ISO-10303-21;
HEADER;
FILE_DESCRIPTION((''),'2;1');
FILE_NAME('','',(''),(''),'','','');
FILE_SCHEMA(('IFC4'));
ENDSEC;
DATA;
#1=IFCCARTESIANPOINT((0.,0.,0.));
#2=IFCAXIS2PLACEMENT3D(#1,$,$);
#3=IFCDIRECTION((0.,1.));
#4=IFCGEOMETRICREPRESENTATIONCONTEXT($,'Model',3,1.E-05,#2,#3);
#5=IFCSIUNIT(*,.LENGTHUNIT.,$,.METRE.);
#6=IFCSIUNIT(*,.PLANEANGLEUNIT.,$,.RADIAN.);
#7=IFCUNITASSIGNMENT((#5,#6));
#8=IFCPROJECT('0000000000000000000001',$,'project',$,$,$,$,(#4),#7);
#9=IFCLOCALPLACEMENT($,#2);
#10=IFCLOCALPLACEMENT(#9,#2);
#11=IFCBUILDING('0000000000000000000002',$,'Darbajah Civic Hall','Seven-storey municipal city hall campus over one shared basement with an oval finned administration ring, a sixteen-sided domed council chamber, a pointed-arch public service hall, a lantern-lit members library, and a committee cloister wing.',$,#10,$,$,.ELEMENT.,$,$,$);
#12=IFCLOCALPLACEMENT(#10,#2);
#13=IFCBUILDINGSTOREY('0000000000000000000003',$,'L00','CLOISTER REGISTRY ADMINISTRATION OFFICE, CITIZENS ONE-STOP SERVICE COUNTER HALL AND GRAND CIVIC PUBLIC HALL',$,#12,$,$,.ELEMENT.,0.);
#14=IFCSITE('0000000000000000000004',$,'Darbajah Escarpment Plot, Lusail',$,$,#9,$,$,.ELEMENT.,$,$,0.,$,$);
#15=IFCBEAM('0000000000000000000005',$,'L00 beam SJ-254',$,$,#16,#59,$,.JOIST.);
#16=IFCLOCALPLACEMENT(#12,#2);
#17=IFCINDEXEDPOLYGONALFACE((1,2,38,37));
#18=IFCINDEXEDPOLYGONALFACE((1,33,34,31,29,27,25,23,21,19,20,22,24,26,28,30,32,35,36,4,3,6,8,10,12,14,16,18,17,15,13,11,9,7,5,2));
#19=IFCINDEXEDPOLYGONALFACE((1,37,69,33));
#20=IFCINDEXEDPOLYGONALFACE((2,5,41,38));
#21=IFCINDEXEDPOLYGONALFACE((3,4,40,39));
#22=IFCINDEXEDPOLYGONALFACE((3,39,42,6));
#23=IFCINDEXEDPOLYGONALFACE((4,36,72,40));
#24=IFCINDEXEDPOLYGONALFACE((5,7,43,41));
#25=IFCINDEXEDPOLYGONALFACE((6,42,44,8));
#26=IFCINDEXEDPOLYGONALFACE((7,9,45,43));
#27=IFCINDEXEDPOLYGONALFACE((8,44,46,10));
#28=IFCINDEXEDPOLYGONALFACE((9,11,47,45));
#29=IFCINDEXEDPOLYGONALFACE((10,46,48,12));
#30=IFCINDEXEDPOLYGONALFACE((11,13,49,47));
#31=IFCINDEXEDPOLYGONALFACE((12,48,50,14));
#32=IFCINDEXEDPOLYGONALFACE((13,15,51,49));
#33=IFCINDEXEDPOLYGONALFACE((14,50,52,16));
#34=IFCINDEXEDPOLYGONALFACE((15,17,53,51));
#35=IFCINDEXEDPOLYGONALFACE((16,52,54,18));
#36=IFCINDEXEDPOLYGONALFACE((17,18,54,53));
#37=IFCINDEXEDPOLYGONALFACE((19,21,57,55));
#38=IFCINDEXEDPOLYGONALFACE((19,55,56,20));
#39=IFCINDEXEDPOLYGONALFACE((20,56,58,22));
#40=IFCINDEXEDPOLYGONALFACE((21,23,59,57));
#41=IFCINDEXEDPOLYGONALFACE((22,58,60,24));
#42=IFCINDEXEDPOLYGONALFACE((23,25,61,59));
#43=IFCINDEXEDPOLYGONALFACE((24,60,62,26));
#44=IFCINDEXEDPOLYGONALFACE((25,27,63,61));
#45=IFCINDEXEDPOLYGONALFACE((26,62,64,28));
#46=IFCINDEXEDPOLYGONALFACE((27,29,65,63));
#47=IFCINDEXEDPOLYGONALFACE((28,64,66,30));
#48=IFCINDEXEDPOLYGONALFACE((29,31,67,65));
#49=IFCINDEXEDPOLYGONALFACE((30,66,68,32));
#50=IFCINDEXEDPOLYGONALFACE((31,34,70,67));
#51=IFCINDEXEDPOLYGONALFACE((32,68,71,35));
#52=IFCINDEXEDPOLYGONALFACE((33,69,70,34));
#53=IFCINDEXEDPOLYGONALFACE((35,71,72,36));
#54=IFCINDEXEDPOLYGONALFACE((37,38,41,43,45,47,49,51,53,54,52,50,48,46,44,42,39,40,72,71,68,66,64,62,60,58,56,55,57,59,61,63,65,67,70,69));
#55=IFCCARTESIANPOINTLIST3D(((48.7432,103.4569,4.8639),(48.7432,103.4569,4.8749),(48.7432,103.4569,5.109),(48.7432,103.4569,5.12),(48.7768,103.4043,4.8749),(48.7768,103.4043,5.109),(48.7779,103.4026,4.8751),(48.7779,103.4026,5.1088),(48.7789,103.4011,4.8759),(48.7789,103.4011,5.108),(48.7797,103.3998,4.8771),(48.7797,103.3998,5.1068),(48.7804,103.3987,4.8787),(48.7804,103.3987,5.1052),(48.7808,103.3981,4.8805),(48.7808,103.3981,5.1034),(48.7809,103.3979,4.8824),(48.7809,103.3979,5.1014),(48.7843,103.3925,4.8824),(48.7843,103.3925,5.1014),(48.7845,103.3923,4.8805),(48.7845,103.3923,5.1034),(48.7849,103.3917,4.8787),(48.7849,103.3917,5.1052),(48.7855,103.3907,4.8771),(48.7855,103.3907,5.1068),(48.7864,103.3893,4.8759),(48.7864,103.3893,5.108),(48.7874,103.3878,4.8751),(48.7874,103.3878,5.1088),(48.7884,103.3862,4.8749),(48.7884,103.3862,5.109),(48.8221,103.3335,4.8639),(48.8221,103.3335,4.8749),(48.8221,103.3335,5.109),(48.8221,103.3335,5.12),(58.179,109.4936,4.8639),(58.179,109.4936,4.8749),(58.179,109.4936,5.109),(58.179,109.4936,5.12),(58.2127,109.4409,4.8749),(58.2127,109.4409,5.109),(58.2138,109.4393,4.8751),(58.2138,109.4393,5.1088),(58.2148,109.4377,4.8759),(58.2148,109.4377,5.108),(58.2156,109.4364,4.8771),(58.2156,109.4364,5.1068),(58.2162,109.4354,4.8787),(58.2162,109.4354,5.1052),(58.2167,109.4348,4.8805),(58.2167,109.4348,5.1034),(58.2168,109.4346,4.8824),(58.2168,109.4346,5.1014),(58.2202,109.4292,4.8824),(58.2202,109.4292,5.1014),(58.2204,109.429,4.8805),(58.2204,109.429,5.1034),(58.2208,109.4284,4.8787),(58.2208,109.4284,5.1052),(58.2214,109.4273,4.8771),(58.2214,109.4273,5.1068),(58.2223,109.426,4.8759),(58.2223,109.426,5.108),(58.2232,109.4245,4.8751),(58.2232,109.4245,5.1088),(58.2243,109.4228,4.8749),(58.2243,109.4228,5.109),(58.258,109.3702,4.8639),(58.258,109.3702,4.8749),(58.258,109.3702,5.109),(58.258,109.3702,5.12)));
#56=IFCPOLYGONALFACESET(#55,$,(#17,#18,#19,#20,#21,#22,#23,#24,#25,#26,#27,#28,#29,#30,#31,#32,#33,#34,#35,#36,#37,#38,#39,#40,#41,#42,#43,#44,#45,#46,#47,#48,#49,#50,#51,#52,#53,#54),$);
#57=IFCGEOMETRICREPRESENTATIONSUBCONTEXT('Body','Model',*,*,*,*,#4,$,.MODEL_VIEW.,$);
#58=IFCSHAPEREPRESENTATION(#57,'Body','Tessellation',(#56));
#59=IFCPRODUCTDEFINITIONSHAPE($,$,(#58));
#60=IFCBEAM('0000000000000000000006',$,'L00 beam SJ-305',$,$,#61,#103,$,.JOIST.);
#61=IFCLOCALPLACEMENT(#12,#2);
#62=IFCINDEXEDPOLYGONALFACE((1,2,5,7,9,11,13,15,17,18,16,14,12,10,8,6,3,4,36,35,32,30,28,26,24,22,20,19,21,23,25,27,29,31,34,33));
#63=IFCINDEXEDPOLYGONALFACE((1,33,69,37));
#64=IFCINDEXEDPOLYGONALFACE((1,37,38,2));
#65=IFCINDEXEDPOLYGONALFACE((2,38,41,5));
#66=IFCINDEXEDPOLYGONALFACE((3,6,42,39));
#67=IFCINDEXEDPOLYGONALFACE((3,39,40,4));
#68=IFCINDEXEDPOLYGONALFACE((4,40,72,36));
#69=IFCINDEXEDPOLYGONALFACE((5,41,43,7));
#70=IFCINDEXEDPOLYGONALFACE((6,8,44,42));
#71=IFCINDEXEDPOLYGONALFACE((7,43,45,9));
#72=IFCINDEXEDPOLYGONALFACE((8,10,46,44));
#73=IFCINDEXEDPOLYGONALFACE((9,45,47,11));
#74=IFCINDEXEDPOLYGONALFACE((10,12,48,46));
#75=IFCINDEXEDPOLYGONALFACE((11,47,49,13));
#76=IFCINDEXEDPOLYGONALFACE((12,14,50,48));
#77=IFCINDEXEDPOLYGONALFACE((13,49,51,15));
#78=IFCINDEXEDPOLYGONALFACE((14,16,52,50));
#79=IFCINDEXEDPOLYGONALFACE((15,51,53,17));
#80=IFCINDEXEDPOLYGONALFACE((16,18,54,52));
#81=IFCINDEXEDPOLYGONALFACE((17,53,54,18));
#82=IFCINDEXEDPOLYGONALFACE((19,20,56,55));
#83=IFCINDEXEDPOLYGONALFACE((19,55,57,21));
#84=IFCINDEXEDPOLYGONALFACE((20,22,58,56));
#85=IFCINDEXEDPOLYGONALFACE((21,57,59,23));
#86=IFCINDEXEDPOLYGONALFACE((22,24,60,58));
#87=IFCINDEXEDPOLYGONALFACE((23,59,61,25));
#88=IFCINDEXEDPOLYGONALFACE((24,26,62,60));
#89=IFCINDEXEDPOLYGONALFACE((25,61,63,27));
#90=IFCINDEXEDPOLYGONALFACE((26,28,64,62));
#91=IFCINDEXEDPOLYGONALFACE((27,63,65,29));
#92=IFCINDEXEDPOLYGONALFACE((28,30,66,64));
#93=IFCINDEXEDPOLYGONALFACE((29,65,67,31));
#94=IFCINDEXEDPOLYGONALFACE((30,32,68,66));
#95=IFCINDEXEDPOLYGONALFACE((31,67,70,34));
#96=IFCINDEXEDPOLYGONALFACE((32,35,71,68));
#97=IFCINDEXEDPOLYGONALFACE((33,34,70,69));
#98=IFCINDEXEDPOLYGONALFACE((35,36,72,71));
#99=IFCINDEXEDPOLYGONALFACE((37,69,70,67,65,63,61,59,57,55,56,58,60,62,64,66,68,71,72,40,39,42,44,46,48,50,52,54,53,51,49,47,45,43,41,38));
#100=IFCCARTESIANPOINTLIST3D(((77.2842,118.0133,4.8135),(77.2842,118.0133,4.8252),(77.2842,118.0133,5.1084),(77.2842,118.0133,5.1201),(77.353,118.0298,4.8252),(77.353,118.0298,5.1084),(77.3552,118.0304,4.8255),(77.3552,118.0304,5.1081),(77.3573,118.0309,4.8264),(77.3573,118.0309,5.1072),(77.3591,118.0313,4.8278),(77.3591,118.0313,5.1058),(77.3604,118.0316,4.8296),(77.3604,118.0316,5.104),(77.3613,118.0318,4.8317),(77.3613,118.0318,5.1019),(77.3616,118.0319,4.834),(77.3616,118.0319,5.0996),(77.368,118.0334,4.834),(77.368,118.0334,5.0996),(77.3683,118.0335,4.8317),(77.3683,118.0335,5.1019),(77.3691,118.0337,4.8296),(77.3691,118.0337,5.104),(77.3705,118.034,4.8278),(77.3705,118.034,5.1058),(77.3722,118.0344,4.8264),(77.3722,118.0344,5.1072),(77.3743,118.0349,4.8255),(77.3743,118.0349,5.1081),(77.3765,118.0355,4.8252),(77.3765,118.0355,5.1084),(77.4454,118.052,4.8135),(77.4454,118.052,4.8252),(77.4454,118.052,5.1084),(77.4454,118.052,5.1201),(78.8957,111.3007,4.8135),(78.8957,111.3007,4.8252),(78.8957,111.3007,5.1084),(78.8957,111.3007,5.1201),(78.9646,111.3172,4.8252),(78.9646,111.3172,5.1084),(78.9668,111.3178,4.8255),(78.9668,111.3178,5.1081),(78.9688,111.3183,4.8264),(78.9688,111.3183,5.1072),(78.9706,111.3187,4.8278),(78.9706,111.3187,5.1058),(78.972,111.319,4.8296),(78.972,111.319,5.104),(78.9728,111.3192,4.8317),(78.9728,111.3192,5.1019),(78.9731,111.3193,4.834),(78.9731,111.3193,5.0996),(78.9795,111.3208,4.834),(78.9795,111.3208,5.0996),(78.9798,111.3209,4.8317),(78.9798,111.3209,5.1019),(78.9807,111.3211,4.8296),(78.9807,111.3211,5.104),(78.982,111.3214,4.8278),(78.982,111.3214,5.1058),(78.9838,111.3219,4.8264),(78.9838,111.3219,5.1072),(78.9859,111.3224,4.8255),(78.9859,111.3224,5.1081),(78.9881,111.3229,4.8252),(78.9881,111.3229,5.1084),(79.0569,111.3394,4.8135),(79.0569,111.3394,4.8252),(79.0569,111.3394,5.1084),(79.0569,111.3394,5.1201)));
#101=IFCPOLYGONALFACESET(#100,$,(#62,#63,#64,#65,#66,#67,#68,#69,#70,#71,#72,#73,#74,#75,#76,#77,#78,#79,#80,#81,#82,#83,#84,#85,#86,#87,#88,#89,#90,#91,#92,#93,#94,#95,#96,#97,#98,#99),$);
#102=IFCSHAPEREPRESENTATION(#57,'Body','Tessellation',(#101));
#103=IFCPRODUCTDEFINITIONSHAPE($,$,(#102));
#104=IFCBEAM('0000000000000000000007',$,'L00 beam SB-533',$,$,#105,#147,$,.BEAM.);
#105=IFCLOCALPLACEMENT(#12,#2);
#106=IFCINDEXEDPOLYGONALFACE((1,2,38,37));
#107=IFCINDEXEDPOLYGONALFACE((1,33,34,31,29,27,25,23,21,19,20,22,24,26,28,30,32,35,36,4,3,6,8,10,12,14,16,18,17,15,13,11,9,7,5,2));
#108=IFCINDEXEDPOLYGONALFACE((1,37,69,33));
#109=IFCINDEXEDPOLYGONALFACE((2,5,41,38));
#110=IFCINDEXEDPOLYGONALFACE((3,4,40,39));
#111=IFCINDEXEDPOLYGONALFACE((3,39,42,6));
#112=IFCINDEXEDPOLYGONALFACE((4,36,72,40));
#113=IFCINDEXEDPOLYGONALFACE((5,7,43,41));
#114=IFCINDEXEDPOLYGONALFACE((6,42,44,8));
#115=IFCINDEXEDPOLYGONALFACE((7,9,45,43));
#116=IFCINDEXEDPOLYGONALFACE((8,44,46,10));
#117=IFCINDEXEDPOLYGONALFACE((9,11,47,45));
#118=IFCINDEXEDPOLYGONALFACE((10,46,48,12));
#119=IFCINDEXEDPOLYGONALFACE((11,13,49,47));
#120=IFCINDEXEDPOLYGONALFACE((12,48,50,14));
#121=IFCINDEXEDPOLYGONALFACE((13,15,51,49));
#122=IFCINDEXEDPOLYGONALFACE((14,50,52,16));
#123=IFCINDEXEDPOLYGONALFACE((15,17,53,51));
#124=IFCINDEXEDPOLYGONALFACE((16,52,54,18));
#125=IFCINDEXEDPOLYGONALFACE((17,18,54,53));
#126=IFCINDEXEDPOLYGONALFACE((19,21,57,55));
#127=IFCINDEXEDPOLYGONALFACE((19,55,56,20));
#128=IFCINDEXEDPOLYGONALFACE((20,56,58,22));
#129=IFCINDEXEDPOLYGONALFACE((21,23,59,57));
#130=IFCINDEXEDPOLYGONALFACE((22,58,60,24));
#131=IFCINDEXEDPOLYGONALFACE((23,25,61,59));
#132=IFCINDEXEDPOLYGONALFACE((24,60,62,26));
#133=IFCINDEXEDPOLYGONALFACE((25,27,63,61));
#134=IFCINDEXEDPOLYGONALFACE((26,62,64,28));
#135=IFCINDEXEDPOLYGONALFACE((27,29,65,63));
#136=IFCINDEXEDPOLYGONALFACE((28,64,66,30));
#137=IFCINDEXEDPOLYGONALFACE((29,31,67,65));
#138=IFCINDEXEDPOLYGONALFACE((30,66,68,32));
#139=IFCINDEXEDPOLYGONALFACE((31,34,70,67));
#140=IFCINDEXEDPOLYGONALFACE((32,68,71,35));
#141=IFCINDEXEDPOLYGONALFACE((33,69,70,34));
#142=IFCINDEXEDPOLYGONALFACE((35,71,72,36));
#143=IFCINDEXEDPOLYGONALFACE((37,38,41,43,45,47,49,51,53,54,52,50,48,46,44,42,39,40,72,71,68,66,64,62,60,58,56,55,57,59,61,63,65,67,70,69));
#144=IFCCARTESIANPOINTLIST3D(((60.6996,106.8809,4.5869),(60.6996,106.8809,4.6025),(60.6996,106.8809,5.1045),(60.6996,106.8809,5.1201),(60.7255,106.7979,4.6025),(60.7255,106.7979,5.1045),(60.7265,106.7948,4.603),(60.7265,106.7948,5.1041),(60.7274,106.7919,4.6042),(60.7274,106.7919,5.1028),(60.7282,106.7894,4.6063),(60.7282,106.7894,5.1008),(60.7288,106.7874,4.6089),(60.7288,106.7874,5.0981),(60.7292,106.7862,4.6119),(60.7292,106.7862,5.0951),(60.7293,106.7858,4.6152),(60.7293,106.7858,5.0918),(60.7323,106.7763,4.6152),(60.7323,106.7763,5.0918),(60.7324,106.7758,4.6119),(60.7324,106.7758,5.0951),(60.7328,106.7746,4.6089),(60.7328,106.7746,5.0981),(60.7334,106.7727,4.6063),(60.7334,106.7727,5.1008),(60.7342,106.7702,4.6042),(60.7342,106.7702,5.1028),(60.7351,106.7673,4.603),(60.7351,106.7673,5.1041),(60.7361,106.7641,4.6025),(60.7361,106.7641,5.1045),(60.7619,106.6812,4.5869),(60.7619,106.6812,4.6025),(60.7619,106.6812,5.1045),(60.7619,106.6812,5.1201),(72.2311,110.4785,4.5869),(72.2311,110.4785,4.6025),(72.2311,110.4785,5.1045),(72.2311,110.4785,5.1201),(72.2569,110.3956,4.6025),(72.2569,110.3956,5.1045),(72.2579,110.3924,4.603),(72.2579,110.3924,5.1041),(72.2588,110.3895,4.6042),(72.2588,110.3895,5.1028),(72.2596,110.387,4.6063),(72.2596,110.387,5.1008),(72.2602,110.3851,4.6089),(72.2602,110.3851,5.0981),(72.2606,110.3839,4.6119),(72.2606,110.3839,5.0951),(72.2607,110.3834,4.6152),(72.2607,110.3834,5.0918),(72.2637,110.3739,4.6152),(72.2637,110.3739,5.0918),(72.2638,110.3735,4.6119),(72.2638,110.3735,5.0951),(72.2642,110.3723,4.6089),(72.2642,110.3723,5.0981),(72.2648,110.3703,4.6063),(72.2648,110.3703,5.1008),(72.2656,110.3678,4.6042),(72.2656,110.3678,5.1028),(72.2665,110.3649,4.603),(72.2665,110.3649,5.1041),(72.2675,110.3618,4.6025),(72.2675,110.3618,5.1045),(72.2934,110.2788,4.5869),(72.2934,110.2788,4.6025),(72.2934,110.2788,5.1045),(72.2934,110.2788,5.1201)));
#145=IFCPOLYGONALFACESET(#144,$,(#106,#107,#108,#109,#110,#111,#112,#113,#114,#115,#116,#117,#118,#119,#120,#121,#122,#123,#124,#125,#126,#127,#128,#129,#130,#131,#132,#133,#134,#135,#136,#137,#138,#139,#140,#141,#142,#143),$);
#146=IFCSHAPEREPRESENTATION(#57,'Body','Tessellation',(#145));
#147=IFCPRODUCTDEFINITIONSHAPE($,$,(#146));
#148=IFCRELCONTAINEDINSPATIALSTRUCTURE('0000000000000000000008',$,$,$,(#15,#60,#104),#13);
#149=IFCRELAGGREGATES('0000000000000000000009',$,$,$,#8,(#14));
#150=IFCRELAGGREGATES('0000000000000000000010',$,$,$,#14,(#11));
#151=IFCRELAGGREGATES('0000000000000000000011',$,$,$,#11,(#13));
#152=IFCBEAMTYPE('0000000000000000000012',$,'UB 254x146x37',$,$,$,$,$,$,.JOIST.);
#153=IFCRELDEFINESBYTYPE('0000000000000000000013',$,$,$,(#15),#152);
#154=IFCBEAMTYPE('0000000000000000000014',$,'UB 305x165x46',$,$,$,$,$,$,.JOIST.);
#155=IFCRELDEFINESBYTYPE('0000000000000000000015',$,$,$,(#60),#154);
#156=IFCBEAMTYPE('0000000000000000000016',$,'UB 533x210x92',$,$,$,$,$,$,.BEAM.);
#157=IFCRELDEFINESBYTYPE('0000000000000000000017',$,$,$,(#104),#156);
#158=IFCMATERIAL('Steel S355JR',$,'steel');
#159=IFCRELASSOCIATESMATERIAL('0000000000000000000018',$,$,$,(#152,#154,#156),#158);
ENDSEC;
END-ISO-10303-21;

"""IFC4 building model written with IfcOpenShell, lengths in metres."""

from ifc_helpers import new_model, si_unit, direction, frame, origin, origin_2d, place, context, subcontext, project, spatial, i_section, extrude, material, material_profile, profile_set, type_object, element, save


model = new_model("IFC4")

# Units and contexts
model_context = context("Model", 3, precision=1e-05, world=origin(), true_north=direction((0.0, 1.0)))
body_context = subcontext(model_context, "Body", "Model", "MODEL_VIEW")
ifc_project = project(units=[si_unit("LENGTHUNIT", "METRE"), si_unit("PLANEANGLEUNIT", "RADIAN")], contexts=[model_context])

# Site, building, storey
site_placement = place(None, origin())
site = spatial("IfcSite", under=ifc_project, at=site_placement, Name="Darbajah Escarpment Plot, Lusail", CompositionType="ELEMENT", RefElevation=0.0)
building_placement = place(site_placement, origin())
building = spatial("IfcBuilding", under=site, at=building_placement, Name="Darbajah Civic Hall", Description="Seven-storey municipal city hall campus over one shared basement with an oval finned administration ring, a sixteen-sided domed council chamber, a pointed-arch public service hall, a lantern-lit members library, and a committee cloister wing.", CompositionType="ELEMENT")
storey_placement = place(building_placement, origin())
storey = spatial("IfcBuildingStorey", under=building, at=storey_placement, Name="L00", Description="CLOISTER REGISTRY ADMINISTRATION OFFICE, CITIZENS ONE-STOP SERVICE COUNTER HALL AND GRAND CIVIC PUBLIC HALL", CompositionType="ELEMENT", Elevation=0.0)

# Beams
ifc_material_1 = material(Name="Steel S355JR", Category="steel")
ifc_material_profile_1 = material_profile(ifc_material_1, i_section(OverallWidth=0.1465, OverallDepth=0.2561, WebThickness=0.0063, FlangeThickness=0.011, FilletRadius=0.0076, at=origin_2d()), Name="UB 254x146x37")
ifc_profile_set_1 = profile_set([ifc_material_profile_1], Name="Steel S355JR")
beam_type_1 = type_object("IfcBeamType", Name="UB 254x146x37", PredefinedType="JOIST", material=ifc_profile_set_1)
beam_1_placement = place(storey_placement, frame((58.2185, 109.4319, 4.9919), z_axis=(-0.842364, -0.538909, 0.0), x_axis=(0.538909, -0.842364, 0.0)))
element("IfcBeam", 1, at=beam_1_placement, inside=storey, type_object=beam_type_1, Name="L00 beam SJ-254", PredefinedType="JOIST", context=body_context, shape_type="SweptSolid", body=[
    extrude(i_section(OverallWidth=0.1465, OverallDepth=0.2561, WebThickness=0.0063, FlangeThickness=0.011, FilletRadius=0.0076, at=origin_2d()), origin(), (0.0, 0.0, 1.0), 11.2017),
])
ifc_material_profile_2 = material_profile(ifc_material_1, i_section(OverallWidth=0.1658, OverallDepth=0.3066, WebThickness=0.0066, FlangeThickness=0.0117, FilletRadius=0.0088, at=origin_2d()), Name="UB 305x165x46")
ifc_profile_set_2 = profile_set([ifc_material_profile_2], Name="Steel S355JR")
beam_type_2 = type_object("IfcBeamType", Name="UB 305x165x46", PredefinedType="JOIST", material=ifc_profile_set_2)
beam_2_placement = place(storey_placement, frame((78.9763, 111.3201, 4.9668), z_axis=(-0.233447, 0.97237, 0.0), x_axis=(-0.97237, -0.233447, 0.0)))
element("IfcBeam", 2, at=beam_2_placement, inside=storey, type_object=beam_type_2, Name="L00 beam SJ-305", PredefinedType="JOIST", context=body_context, shape_type="SweptSolid", body=[
    extrude(i_section(OverallWidth=0.1658, OverallDepth=0.3066, WebThickness=0.0066, FlangeThickness=0.0117, FilletRadius=0.0088, at=origin_2d()), origin(), (0.0, 0.0, 1.0), 6.9033),
])
ifc_material_profile_3 = material_profile(ifc_material_1, i_section(OverallWidth=0.2092, OverallDepth=0.5332, WebThickness=0.01, FlangeThickness=0.0156, FilletRadius=0.0127, at=origin_2d()), Name="UB 533x210x92")
ifc_profile_set_3 = profile_set([ifc_material_profile_3], Name="Steel S355JR")
beam_type_3 = type_object("IfcBeamType", Name="UB 533x210x92", PredefinedType="BEAM", material=ifc_profile_set_3)
beam_3_placement = place(storey_placement, frame((72.2622, 110.3787, 4.8535), z_axis=(-0.95462, -0.297827, 0.0), x_axis=(0.297827, -0.95462, 0.0)))
element("IfcBeam", 3, at=beam_3_placement, inside=storey, type_object=beam_type_3, Name="L00 beam SB-533", PredefinedType="BEAM", context=body_context, shape_type="SweptSolid", body=[
    extrude(i_section(OverallWidth=0.2092, OverallDepth=0.5332, WebThickness=0.01, FlangeThickness=0.0156, FilletRadius=0.0127, at=origin_2d()), origin(), (0.0, 0.0, 1.0), 12.0796),
])

save(model, "model.ifc")
